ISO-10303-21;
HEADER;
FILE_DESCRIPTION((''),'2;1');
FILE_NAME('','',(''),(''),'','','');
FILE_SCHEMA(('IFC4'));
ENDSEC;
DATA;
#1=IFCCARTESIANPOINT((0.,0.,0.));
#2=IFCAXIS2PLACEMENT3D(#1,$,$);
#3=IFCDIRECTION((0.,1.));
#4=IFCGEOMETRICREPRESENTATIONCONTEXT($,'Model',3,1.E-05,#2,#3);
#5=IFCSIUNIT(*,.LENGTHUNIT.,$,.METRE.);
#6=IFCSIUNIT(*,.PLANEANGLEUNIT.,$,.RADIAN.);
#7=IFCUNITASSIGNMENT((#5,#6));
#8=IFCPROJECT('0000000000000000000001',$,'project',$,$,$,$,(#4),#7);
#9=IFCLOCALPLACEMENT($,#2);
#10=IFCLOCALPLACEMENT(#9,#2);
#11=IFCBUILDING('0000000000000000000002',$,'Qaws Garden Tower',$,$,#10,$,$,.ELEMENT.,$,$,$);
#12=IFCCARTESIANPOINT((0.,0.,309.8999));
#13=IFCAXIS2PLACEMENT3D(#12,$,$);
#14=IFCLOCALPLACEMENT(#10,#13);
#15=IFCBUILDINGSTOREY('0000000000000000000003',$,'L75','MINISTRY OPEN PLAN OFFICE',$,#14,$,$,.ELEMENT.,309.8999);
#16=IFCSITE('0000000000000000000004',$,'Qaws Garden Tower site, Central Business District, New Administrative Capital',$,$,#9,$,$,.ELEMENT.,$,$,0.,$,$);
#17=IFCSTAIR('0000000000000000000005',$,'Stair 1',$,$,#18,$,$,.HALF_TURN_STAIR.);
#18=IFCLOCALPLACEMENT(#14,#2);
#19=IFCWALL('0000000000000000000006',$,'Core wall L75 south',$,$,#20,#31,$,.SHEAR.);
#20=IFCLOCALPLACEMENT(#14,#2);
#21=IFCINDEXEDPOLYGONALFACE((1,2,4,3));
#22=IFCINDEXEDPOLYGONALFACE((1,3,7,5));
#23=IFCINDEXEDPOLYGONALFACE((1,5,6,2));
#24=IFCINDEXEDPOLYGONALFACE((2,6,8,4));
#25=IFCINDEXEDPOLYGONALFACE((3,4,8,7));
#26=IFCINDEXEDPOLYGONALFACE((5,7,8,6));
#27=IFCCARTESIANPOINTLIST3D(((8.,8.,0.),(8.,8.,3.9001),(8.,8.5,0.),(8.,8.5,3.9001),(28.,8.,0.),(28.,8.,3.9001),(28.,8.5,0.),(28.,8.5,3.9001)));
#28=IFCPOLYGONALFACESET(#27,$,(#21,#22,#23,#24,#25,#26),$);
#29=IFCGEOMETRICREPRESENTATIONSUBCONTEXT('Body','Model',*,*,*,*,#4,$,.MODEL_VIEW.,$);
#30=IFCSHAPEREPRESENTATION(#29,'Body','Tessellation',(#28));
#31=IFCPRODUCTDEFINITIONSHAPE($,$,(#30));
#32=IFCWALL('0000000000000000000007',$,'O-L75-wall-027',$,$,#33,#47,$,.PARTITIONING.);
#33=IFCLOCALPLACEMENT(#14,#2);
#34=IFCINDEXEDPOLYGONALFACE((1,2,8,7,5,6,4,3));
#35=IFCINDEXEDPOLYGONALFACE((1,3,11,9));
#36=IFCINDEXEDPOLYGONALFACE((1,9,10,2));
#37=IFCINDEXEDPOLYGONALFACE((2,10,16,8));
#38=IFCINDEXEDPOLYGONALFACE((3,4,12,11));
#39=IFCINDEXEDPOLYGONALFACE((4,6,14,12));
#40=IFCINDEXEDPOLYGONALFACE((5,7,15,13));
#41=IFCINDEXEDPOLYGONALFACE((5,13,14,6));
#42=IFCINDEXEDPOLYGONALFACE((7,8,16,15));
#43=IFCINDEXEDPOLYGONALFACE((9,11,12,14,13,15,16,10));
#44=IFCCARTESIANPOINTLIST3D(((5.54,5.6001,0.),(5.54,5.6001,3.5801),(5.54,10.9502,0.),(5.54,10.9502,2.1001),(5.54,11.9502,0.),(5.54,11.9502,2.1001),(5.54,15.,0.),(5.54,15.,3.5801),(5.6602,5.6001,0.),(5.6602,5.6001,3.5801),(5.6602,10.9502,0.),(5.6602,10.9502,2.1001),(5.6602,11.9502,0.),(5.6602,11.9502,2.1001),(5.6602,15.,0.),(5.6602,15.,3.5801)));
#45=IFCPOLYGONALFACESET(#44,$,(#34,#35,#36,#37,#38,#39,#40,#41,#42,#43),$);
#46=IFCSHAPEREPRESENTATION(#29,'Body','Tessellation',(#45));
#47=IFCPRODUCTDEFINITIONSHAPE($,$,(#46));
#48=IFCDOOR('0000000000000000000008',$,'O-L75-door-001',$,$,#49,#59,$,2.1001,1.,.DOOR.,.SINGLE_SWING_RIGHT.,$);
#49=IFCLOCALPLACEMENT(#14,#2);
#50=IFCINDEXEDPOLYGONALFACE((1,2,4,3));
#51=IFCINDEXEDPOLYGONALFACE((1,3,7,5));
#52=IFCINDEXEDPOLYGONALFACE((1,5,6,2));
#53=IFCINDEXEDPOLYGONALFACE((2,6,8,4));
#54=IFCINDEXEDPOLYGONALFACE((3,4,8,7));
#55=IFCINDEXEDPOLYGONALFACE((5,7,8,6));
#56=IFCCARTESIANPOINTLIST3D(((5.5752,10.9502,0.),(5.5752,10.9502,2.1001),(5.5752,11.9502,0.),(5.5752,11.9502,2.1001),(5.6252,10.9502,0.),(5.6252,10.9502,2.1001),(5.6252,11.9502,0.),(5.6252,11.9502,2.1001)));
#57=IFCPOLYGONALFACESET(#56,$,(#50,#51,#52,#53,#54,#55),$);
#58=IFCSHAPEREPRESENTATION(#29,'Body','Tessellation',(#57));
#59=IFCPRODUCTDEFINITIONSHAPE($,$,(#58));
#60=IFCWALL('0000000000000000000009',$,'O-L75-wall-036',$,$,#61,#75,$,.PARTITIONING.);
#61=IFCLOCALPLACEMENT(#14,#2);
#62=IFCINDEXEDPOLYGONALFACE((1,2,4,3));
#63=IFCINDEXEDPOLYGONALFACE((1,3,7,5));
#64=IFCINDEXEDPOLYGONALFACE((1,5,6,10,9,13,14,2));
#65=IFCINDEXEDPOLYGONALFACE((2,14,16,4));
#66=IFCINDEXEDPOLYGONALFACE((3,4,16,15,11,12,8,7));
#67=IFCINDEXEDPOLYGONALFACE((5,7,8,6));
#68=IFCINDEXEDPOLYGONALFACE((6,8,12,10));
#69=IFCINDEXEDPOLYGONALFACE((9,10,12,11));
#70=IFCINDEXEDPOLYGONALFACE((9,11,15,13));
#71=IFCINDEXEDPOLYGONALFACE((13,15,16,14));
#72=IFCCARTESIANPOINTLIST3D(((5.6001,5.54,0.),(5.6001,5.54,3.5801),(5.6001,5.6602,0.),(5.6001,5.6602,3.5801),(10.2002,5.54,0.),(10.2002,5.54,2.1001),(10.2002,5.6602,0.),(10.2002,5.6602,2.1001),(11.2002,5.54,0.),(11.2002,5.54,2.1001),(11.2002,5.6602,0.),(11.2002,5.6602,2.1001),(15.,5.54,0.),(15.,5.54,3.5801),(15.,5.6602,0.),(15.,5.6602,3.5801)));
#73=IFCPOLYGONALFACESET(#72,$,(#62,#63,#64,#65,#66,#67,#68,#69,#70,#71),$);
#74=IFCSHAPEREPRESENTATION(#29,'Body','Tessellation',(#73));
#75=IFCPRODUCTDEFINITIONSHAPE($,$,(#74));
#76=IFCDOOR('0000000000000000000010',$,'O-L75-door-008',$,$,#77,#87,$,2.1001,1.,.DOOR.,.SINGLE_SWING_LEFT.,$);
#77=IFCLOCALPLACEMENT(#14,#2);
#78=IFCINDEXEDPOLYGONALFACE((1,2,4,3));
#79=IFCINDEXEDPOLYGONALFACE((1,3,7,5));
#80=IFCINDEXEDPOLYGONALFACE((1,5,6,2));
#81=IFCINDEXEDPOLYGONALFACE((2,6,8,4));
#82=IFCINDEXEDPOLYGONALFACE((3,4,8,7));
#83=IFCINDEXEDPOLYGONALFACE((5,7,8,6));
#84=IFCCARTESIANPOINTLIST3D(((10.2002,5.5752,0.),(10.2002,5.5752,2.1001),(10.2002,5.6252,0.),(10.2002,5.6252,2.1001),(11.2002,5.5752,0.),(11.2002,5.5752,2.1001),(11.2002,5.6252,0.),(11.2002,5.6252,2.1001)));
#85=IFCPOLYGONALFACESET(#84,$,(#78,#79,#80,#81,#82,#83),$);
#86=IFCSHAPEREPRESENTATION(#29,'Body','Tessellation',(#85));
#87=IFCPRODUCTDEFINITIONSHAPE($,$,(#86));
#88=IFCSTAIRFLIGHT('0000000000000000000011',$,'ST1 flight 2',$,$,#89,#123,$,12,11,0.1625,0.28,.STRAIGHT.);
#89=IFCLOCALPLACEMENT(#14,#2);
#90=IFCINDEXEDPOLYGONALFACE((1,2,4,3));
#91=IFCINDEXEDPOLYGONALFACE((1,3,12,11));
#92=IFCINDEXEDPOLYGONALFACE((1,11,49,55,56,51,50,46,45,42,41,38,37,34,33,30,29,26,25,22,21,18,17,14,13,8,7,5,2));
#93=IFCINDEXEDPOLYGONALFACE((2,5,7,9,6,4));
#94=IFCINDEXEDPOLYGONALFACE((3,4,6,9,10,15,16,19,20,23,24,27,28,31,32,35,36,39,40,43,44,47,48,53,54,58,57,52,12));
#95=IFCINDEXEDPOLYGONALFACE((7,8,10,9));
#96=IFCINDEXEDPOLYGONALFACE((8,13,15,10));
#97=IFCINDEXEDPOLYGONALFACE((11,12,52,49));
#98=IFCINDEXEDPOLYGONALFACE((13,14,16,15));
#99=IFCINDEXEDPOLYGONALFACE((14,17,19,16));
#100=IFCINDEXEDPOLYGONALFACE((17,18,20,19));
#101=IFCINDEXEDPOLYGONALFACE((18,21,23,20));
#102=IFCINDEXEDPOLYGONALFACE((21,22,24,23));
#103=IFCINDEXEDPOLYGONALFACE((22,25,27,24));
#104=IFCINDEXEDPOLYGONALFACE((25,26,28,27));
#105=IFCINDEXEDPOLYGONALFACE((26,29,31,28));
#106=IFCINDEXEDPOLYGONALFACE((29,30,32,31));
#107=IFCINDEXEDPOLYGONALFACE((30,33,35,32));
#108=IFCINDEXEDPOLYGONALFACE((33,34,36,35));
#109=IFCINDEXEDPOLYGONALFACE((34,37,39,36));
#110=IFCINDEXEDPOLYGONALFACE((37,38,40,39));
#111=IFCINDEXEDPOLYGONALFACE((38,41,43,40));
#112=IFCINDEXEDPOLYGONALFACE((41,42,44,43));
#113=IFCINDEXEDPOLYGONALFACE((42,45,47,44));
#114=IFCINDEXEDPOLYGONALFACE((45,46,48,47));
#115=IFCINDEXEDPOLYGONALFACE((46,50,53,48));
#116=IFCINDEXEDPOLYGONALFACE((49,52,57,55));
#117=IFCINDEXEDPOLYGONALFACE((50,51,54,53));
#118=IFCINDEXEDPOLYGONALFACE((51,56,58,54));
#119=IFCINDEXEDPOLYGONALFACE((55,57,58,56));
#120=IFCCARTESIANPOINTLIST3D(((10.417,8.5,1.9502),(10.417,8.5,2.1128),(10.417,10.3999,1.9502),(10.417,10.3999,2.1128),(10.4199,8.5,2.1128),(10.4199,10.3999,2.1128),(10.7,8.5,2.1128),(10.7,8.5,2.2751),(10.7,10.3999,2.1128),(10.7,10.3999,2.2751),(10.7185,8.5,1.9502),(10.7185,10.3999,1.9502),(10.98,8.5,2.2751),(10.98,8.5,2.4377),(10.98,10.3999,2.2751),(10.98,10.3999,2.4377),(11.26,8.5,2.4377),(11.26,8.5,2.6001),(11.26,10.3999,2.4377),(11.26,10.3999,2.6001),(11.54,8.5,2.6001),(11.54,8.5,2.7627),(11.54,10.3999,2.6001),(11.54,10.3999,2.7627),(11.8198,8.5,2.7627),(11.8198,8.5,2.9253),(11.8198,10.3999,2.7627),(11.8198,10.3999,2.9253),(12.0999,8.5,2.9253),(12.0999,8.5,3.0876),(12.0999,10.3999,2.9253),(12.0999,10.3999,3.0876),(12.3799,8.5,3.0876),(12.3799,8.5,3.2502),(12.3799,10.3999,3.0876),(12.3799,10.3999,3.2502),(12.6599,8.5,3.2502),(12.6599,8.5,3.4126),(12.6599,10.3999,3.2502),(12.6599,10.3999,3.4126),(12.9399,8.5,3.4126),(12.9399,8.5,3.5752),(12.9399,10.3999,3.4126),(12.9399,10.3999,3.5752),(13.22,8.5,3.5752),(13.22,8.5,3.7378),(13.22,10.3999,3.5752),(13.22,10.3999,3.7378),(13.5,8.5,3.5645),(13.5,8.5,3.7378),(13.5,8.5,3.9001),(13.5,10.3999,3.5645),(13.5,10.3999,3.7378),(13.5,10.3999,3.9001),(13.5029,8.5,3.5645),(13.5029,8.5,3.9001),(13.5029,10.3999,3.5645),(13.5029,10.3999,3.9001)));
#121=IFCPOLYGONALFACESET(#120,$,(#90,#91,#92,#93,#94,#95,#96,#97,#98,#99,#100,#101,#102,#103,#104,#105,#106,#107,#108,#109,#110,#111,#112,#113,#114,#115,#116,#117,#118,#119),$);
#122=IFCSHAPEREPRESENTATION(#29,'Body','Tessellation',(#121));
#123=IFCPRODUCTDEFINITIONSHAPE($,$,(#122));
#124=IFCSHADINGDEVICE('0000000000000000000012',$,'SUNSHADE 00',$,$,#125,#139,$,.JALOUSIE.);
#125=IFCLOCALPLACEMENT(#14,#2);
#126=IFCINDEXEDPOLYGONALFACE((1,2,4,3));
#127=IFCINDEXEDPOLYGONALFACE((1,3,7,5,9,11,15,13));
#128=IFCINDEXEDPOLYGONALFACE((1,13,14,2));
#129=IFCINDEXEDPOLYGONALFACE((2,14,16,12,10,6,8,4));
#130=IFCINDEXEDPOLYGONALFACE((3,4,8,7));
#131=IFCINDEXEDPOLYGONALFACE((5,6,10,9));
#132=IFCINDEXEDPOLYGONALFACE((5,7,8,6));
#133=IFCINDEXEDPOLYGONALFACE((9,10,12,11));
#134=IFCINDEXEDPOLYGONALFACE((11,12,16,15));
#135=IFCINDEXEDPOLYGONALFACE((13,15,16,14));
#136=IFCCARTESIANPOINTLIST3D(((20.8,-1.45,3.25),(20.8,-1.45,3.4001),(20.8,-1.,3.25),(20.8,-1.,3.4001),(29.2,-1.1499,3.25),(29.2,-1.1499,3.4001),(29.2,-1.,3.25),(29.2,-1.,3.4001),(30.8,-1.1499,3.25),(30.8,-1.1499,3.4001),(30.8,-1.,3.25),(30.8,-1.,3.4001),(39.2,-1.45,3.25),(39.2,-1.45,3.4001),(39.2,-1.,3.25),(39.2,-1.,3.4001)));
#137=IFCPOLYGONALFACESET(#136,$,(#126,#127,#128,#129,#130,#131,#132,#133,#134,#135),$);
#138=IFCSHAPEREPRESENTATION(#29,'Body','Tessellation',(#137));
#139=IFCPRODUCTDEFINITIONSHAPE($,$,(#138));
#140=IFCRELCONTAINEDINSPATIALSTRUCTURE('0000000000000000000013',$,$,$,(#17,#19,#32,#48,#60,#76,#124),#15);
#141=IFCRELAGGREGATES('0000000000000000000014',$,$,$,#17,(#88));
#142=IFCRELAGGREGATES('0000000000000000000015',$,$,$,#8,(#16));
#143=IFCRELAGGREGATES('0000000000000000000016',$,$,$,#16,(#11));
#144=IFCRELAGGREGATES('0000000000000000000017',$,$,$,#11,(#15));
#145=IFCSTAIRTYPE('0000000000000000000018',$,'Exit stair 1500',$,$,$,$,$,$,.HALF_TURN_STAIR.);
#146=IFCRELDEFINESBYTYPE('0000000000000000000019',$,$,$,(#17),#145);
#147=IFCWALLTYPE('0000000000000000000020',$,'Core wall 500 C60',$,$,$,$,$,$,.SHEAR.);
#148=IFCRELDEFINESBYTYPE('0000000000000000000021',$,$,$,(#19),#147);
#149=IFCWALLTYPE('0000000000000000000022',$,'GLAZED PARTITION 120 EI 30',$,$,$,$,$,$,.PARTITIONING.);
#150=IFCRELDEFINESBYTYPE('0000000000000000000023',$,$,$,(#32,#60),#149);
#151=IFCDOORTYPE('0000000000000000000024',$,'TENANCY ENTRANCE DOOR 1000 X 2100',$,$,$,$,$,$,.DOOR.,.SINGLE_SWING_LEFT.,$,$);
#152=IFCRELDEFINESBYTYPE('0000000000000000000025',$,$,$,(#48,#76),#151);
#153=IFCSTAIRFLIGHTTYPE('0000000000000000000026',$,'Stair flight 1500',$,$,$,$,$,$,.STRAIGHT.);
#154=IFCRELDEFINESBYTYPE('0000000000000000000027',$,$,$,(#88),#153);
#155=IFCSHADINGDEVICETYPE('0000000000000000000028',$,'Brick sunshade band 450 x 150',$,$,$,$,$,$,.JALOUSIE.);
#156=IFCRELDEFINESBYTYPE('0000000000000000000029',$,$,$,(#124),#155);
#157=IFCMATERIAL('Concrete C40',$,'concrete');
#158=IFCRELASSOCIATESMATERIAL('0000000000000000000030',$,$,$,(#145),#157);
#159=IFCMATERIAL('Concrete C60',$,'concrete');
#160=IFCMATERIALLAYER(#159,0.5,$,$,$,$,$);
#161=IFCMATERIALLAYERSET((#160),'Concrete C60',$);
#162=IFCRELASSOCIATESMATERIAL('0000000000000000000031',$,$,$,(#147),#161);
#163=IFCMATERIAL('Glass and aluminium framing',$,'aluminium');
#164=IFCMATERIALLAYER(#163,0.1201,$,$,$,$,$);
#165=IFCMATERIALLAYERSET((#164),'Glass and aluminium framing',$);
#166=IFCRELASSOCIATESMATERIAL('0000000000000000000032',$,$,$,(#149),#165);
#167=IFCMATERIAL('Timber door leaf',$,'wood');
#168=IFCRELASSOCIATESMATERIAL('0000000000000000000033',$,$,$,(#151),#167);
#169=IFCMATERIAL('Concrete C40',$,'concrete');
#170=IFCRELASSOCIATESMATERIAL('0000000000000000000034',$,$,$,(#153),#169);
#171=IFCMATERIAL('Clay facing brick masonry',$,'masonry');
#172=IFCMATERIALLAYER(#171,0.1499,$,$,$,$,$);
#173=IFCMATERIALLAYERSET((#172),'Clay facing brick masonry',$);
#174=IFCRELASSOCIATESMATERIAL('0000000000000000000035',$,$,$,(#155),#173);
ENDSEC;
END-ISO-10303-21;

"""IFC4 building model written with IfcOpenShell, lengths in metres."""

from ifc_helpers import new_model, si_unit, direction, frame, frame_2d, origin, place, context, subcontext, project, spatial, polyline, rectangle, outline, extrude, material, layer, layer_set, type_object, element, fill, aggregate, save


model = new_model("IFC4")

# Units and contexts
model_context = context("Model", 3, precision=1e-05, world=origin(), true_north=direction((0.0, 1.0)))
body_context = subcontext(model_context, "Body", "Model", "MODEL_VIEW")
ifc_project = project(units=[si_unit("LENGTHUNIT", "METRE"), si_unit("PLANEANGLEUNIT", "RADIAN")], contexts=[model_context])

# Site, building, storey
site_placement = place(None, origin())
site = spatial("IfcSite", under=ifc_project, at=site_placement, Name="Qaws Garden Tower site, Central Business District, New Administrative Capital", CompositionType="ELEMENT", RefElevation=0.0)
building_placement = place(site_placement, origin())
building = spatial("IfcBuilding", under=site, at=building_placement, Name="Qaws Garden Tower", CompositionType="ELEMENT")
storey_placement = place(building_placement, frame((0.0, 0.0, 309.8999)))
storey = spatial("IfcBuildingStorey", under=building, at=storey_placement, Name="L75", Description="MINISTRY OPEN PLAN OFFICE", CompositionType="ELEMENT", Elevation=309.8999)

# Stair
ifc_material_1 = material(Name="Concrete C40", Category="concrete")
stair_type_1 = type_object("IfcStairType", Name="Exit stair 1500", PredefinedType="HALF_TURN_STAIR", material=ifc_material_1)
placement_1 = place(storey_placement, origin())
stair_1 = element("IfcStair", 1, at=placement_1, inside=storey, type_object=stair_type_1, Name="Stair 1", PredefinedType="HALF_TURN_STAIR")

# Wall
ifc_material_2 = material(Name="Concrete C60", Category="concrete")
ifc_layer_1 = layer(ifc_material_2, 0.5)
ifc_layer_set_1 = layer_set([ifc_layer_1], Name="Concrete C60")
wall_type_1 = type_object("IfcWallType", Name="Core wall 500 C60", PredefinedType="SHEAR", material=ifc_layer_set_1)
wall_1_placement = place(storey_placement, frame((8.0, 8.25, 0.0), z_axis=(0.0, 0.0, 1.0), x_axis=(1.0, 0.0, 0.0)))
element("IfcWall", 2, at=wall_1_placement, inside=storey, type_object=wall_type_1, Name="Core wall L75 south", PredefinedType="SHEAR", context=body_context, shape_type="SweptSolid", body=[
    extrude(rectangle(XDim=20.0, YDim=0.5, at=frame_2d((10.0, 0.0))), origin(), (0.0, 0.0, 1.0), 3.9001),
])

# Walls, openings, doors
ifc_material_3 = material(Name="Glass and aluminium framing", Category="aluminium")
ifc_layer_2 = layer(ifc_material_3, 0.1201)
ifc_layer_set_2 = layer_set([ifc_layer_2], Name="Glass and aluminium framing")
wall_type_2 = type_object("IfcWallType", Name="GLAZED PARTITION 120 EI 30", PredefinedType="PARTITIONING", material=ifc_layer_set_2)
wall_2_placement = place(storey_placement, frame((5.6001, 5.6001, 0.0), z_axis=(0.0, 0.0, 1.0), x_axis=(0.0, 1.0, 0.0)))
wall_2 = element("IfcWall", 3, at=wall_2_placement, inside=storey, type_object=wall_type_2, Name="O-L75-wall-027", PredefinedType="PARTITIONING", context=body_context, shape_type="SweptSolid", body=[
    extrude(rectangle(XDim=9.3999, YDim=0.1201, at=frame_2d((4.7, 0.0))), origin(), (0.0, 0.0, 1.0), 3.5801),
])
opening_1_placement = place(wall_2_placement, frame((5.3501, 0.0, 0.0)))
opening_1 = element("IfcOpeningElement", 4, at=opening_1_placement, cuts=wall_2, PredefinedType="OPENING", context=body_context, shape_type="SweptSolid", body=[
    extrude(rectangle(XDim=1.0, YDim=2.1001, at=frame_2d((0.5, 1.05))), frame((0.0, 0.0701, 0.0), z_axis=(0.0, -1.0, 0.0), x_axis=(1.0, 0.0, 0.0)), (0.0, 0.0, 1.0), 0.1401),
])
ifc_material_4 = material(Name="Timber door leaf", Category="wood")
door_type = type_object("IfcDoorType", Name="TENANCY ENTRANCE DOOR 1000 X 2100", OperationType="SINGLE_SWING_LEFT", PredefinedType="DOOR", material=ifc_material_4)
door_1_placement = place(opening_1_placement, origin())
door_1 = element("IfcDoor", 5, at=door_1_placement, inside=storey, type_object=door_type, Name="O-L75-door-001", OperationType="SINGLE_SWING_RIGHT", OverallHeight=2.1001, OverallWidth=1.0, PredefinedType="DOOR", context=body_context, shape_type="SweptSolid", body=[
    extrude(rectangle(XDim=1.0, YDim=2.1001, at=frame_2d((0.5, 1.05))), frame((0.0, 0.0249, 0.0), z_axis=(0.0, -1.0, 0.0), x_axis=(1.0, 0.0, 0.0)), (0.0, 0.0, 1.0), 0.05),
])
fill(opening_1, door_1)
wall_3_placement = place(storey_placement, frame((5.6001, 5.6001, 0.0), z_axis=(0.0, 0.0, 1.0), x_axis=(1.0, 0.0, 0.0)))
wall_3 = element("IfcWall", 6, at=wall_3_placement, inside=storey, type_object=wall_type_2, Name="O-L75-wall-036", PredefinedType="PARTITIONING", context=body_context, shape_type="SweptSolid", body=[
    extrude(rectangle(XDim=9.3999, YDim=0.1201, at=frame_2d((4.7, 0.0))), origin(), (0.0, 0.0, 1.0), 3.5801),
])
opening_2_placement = place(wall_3_placement, frame((4.6001, 0.0, 0.0)))
opening_2 = element("IfcOpeningElement", 7, at=opening_2_placement, cuts=wall_3, PredefinedType="OPENING", context=body_context, shape_type="SweptSolid", body=[
    extrude(rectangle(XDim=1.0, YDim=2.1001, at=frame_2d((0.5, 1.05))), frame((0.0, 0.0701, 0.0), z_axis=(0.0, -1.0, 0.0), x_axis=(1.0, 0.0, 0.0)), (0.0, 0.0, 1.0), 0.1401),
])
door_2_placement = place(opening_2_placement, frame((1.0, 0.0, 0.0), z_axis=(0.0, 0.0, 1.0), x_axis=(-1.0, 0.0, 0.0)))
door_2 = element("IfcDoor", 8, at=door_2_placement, inside=storey, type_object=door_type, Name="O-L75-door-008", OperationType="SINGLE_SWING_LEFT", OverallHeight=2.1001, OverallWidth=1.0, PredefinedType="DOOR", context=body_context, shape_type="SweptSolid", body=[
    extrude(rectangle(XDim=1.0, YDim=2.1001, at=frame_2d((0.5, 1.05))), frame((0.0, 0.0249, 0.0), z_axis=(0.0, -1.0, 0.0), x_axis=(1.0, 0.0, 0.0)), (0.0, 0.0, 1.0), 0.05),
])
fill(opening_2, door_2)

# Stair flight
ifc_material_5 = material(Name="Concrete C40", Category="concrete")
stair_flight_type = type_object("IfcStairFlightType", Name="Stair flight 1500", PredefinedType="STRAIGHT", material=ifc_material_5)
stair_flight_placement = place(storey_placement, frame((10.4199, 9.45, 1.9502), z_axis=(0.0, 0.0, 1.0), x_axis=(1.0, 0.0, 0.0)))
stair_flight = element("IfcStairFlight", 9, at=stair_flight_placement, type_object=stair_flight_type, Name="ST1 flight 2", NumberOfRisers=12, NumberOfTreads=11, PredefinedType="STRAIGHT", RiserHeight=0.1625, TreadLength=0.28, context=body_context, shape_type="SweptSolid", body=[
    extrude(outline(polyline([(-0.0029, 0.0), (-0.0029, 0.1626), (0.0, 0.1626), (0.28, 0.1626), (0.28, 0.325), (0.5601, 0.325), (0.5601, 0.4875), (0.8401, 0.4875), (0.8401, 0.6499), (1.1201, 0.6499), (1.1201, 0.8125), (1.3999, 0.8125), (1.3999, 0.9751), (1.6799, 0.9751), (1.6799, 1.1375), (1.96, 1.1375), (1.96, 1.3), (2.24, 1.3), (2.24, 1.4624), (2.52, 1.4624), (2.52, 1.625), (2.8, 1.625), (2.8, 1.7876), (3.0801, 1.7876), (3.0801, 1.95), (3.083, 1.95), (3.083, 1.6143), (3.0801, 1.6143), (0.2986, 0.0), (-0.0029, 0.0)])), frame((0.0, 0.95, 0.0), z_axis=(0.0, -1.0, 0.0), x_axis=(1.0, 0.0, 0.0)), (0.0, 0.0, 1.0), 1.8999),
])
aggregate(stair_1, [stair_flight])

# Shading device
ifc_material_6 = material(Name="Clay facing brick masonry", Category="masonry")
ifc_layer_3 = layer(ifc_material_6, 0.1499)
ifc_layer_set_3 = layer_set([ifc_layer_3], Name="Clay facing brick masonry")
shading_device_type = type_object("IfcShadingDeviceType", Name="Brick sunshade band 450 x 150", PredefinedType="JALOUSIE", material=ifc_layer_set_3)
shading_device_placement = place(storey_placement, frame((0.0, 0.0, 3.25)))
element("IfcShadingDevice", 10, at=shading_device_placement, inside=storey, type_object=shading_device_type, Name="SUNSHADE 00", PredefinedType="JALOUSIE", context=body_context, shape_type="SweptSolid", body=[
    extrude(outline(polyline([(20.8, -1.0), (20.8, -1.45), (39.2, -1.45), (39.2, -1.0), (30.8, -1.0), (30.8, -1.1499), (29.2, -1.1499), (29.2, -1.0), (20.8, -1.0)])), origin(), (0.0, 0.0, 1.0), 0.1501),
])

save(model, "model.ifc")
